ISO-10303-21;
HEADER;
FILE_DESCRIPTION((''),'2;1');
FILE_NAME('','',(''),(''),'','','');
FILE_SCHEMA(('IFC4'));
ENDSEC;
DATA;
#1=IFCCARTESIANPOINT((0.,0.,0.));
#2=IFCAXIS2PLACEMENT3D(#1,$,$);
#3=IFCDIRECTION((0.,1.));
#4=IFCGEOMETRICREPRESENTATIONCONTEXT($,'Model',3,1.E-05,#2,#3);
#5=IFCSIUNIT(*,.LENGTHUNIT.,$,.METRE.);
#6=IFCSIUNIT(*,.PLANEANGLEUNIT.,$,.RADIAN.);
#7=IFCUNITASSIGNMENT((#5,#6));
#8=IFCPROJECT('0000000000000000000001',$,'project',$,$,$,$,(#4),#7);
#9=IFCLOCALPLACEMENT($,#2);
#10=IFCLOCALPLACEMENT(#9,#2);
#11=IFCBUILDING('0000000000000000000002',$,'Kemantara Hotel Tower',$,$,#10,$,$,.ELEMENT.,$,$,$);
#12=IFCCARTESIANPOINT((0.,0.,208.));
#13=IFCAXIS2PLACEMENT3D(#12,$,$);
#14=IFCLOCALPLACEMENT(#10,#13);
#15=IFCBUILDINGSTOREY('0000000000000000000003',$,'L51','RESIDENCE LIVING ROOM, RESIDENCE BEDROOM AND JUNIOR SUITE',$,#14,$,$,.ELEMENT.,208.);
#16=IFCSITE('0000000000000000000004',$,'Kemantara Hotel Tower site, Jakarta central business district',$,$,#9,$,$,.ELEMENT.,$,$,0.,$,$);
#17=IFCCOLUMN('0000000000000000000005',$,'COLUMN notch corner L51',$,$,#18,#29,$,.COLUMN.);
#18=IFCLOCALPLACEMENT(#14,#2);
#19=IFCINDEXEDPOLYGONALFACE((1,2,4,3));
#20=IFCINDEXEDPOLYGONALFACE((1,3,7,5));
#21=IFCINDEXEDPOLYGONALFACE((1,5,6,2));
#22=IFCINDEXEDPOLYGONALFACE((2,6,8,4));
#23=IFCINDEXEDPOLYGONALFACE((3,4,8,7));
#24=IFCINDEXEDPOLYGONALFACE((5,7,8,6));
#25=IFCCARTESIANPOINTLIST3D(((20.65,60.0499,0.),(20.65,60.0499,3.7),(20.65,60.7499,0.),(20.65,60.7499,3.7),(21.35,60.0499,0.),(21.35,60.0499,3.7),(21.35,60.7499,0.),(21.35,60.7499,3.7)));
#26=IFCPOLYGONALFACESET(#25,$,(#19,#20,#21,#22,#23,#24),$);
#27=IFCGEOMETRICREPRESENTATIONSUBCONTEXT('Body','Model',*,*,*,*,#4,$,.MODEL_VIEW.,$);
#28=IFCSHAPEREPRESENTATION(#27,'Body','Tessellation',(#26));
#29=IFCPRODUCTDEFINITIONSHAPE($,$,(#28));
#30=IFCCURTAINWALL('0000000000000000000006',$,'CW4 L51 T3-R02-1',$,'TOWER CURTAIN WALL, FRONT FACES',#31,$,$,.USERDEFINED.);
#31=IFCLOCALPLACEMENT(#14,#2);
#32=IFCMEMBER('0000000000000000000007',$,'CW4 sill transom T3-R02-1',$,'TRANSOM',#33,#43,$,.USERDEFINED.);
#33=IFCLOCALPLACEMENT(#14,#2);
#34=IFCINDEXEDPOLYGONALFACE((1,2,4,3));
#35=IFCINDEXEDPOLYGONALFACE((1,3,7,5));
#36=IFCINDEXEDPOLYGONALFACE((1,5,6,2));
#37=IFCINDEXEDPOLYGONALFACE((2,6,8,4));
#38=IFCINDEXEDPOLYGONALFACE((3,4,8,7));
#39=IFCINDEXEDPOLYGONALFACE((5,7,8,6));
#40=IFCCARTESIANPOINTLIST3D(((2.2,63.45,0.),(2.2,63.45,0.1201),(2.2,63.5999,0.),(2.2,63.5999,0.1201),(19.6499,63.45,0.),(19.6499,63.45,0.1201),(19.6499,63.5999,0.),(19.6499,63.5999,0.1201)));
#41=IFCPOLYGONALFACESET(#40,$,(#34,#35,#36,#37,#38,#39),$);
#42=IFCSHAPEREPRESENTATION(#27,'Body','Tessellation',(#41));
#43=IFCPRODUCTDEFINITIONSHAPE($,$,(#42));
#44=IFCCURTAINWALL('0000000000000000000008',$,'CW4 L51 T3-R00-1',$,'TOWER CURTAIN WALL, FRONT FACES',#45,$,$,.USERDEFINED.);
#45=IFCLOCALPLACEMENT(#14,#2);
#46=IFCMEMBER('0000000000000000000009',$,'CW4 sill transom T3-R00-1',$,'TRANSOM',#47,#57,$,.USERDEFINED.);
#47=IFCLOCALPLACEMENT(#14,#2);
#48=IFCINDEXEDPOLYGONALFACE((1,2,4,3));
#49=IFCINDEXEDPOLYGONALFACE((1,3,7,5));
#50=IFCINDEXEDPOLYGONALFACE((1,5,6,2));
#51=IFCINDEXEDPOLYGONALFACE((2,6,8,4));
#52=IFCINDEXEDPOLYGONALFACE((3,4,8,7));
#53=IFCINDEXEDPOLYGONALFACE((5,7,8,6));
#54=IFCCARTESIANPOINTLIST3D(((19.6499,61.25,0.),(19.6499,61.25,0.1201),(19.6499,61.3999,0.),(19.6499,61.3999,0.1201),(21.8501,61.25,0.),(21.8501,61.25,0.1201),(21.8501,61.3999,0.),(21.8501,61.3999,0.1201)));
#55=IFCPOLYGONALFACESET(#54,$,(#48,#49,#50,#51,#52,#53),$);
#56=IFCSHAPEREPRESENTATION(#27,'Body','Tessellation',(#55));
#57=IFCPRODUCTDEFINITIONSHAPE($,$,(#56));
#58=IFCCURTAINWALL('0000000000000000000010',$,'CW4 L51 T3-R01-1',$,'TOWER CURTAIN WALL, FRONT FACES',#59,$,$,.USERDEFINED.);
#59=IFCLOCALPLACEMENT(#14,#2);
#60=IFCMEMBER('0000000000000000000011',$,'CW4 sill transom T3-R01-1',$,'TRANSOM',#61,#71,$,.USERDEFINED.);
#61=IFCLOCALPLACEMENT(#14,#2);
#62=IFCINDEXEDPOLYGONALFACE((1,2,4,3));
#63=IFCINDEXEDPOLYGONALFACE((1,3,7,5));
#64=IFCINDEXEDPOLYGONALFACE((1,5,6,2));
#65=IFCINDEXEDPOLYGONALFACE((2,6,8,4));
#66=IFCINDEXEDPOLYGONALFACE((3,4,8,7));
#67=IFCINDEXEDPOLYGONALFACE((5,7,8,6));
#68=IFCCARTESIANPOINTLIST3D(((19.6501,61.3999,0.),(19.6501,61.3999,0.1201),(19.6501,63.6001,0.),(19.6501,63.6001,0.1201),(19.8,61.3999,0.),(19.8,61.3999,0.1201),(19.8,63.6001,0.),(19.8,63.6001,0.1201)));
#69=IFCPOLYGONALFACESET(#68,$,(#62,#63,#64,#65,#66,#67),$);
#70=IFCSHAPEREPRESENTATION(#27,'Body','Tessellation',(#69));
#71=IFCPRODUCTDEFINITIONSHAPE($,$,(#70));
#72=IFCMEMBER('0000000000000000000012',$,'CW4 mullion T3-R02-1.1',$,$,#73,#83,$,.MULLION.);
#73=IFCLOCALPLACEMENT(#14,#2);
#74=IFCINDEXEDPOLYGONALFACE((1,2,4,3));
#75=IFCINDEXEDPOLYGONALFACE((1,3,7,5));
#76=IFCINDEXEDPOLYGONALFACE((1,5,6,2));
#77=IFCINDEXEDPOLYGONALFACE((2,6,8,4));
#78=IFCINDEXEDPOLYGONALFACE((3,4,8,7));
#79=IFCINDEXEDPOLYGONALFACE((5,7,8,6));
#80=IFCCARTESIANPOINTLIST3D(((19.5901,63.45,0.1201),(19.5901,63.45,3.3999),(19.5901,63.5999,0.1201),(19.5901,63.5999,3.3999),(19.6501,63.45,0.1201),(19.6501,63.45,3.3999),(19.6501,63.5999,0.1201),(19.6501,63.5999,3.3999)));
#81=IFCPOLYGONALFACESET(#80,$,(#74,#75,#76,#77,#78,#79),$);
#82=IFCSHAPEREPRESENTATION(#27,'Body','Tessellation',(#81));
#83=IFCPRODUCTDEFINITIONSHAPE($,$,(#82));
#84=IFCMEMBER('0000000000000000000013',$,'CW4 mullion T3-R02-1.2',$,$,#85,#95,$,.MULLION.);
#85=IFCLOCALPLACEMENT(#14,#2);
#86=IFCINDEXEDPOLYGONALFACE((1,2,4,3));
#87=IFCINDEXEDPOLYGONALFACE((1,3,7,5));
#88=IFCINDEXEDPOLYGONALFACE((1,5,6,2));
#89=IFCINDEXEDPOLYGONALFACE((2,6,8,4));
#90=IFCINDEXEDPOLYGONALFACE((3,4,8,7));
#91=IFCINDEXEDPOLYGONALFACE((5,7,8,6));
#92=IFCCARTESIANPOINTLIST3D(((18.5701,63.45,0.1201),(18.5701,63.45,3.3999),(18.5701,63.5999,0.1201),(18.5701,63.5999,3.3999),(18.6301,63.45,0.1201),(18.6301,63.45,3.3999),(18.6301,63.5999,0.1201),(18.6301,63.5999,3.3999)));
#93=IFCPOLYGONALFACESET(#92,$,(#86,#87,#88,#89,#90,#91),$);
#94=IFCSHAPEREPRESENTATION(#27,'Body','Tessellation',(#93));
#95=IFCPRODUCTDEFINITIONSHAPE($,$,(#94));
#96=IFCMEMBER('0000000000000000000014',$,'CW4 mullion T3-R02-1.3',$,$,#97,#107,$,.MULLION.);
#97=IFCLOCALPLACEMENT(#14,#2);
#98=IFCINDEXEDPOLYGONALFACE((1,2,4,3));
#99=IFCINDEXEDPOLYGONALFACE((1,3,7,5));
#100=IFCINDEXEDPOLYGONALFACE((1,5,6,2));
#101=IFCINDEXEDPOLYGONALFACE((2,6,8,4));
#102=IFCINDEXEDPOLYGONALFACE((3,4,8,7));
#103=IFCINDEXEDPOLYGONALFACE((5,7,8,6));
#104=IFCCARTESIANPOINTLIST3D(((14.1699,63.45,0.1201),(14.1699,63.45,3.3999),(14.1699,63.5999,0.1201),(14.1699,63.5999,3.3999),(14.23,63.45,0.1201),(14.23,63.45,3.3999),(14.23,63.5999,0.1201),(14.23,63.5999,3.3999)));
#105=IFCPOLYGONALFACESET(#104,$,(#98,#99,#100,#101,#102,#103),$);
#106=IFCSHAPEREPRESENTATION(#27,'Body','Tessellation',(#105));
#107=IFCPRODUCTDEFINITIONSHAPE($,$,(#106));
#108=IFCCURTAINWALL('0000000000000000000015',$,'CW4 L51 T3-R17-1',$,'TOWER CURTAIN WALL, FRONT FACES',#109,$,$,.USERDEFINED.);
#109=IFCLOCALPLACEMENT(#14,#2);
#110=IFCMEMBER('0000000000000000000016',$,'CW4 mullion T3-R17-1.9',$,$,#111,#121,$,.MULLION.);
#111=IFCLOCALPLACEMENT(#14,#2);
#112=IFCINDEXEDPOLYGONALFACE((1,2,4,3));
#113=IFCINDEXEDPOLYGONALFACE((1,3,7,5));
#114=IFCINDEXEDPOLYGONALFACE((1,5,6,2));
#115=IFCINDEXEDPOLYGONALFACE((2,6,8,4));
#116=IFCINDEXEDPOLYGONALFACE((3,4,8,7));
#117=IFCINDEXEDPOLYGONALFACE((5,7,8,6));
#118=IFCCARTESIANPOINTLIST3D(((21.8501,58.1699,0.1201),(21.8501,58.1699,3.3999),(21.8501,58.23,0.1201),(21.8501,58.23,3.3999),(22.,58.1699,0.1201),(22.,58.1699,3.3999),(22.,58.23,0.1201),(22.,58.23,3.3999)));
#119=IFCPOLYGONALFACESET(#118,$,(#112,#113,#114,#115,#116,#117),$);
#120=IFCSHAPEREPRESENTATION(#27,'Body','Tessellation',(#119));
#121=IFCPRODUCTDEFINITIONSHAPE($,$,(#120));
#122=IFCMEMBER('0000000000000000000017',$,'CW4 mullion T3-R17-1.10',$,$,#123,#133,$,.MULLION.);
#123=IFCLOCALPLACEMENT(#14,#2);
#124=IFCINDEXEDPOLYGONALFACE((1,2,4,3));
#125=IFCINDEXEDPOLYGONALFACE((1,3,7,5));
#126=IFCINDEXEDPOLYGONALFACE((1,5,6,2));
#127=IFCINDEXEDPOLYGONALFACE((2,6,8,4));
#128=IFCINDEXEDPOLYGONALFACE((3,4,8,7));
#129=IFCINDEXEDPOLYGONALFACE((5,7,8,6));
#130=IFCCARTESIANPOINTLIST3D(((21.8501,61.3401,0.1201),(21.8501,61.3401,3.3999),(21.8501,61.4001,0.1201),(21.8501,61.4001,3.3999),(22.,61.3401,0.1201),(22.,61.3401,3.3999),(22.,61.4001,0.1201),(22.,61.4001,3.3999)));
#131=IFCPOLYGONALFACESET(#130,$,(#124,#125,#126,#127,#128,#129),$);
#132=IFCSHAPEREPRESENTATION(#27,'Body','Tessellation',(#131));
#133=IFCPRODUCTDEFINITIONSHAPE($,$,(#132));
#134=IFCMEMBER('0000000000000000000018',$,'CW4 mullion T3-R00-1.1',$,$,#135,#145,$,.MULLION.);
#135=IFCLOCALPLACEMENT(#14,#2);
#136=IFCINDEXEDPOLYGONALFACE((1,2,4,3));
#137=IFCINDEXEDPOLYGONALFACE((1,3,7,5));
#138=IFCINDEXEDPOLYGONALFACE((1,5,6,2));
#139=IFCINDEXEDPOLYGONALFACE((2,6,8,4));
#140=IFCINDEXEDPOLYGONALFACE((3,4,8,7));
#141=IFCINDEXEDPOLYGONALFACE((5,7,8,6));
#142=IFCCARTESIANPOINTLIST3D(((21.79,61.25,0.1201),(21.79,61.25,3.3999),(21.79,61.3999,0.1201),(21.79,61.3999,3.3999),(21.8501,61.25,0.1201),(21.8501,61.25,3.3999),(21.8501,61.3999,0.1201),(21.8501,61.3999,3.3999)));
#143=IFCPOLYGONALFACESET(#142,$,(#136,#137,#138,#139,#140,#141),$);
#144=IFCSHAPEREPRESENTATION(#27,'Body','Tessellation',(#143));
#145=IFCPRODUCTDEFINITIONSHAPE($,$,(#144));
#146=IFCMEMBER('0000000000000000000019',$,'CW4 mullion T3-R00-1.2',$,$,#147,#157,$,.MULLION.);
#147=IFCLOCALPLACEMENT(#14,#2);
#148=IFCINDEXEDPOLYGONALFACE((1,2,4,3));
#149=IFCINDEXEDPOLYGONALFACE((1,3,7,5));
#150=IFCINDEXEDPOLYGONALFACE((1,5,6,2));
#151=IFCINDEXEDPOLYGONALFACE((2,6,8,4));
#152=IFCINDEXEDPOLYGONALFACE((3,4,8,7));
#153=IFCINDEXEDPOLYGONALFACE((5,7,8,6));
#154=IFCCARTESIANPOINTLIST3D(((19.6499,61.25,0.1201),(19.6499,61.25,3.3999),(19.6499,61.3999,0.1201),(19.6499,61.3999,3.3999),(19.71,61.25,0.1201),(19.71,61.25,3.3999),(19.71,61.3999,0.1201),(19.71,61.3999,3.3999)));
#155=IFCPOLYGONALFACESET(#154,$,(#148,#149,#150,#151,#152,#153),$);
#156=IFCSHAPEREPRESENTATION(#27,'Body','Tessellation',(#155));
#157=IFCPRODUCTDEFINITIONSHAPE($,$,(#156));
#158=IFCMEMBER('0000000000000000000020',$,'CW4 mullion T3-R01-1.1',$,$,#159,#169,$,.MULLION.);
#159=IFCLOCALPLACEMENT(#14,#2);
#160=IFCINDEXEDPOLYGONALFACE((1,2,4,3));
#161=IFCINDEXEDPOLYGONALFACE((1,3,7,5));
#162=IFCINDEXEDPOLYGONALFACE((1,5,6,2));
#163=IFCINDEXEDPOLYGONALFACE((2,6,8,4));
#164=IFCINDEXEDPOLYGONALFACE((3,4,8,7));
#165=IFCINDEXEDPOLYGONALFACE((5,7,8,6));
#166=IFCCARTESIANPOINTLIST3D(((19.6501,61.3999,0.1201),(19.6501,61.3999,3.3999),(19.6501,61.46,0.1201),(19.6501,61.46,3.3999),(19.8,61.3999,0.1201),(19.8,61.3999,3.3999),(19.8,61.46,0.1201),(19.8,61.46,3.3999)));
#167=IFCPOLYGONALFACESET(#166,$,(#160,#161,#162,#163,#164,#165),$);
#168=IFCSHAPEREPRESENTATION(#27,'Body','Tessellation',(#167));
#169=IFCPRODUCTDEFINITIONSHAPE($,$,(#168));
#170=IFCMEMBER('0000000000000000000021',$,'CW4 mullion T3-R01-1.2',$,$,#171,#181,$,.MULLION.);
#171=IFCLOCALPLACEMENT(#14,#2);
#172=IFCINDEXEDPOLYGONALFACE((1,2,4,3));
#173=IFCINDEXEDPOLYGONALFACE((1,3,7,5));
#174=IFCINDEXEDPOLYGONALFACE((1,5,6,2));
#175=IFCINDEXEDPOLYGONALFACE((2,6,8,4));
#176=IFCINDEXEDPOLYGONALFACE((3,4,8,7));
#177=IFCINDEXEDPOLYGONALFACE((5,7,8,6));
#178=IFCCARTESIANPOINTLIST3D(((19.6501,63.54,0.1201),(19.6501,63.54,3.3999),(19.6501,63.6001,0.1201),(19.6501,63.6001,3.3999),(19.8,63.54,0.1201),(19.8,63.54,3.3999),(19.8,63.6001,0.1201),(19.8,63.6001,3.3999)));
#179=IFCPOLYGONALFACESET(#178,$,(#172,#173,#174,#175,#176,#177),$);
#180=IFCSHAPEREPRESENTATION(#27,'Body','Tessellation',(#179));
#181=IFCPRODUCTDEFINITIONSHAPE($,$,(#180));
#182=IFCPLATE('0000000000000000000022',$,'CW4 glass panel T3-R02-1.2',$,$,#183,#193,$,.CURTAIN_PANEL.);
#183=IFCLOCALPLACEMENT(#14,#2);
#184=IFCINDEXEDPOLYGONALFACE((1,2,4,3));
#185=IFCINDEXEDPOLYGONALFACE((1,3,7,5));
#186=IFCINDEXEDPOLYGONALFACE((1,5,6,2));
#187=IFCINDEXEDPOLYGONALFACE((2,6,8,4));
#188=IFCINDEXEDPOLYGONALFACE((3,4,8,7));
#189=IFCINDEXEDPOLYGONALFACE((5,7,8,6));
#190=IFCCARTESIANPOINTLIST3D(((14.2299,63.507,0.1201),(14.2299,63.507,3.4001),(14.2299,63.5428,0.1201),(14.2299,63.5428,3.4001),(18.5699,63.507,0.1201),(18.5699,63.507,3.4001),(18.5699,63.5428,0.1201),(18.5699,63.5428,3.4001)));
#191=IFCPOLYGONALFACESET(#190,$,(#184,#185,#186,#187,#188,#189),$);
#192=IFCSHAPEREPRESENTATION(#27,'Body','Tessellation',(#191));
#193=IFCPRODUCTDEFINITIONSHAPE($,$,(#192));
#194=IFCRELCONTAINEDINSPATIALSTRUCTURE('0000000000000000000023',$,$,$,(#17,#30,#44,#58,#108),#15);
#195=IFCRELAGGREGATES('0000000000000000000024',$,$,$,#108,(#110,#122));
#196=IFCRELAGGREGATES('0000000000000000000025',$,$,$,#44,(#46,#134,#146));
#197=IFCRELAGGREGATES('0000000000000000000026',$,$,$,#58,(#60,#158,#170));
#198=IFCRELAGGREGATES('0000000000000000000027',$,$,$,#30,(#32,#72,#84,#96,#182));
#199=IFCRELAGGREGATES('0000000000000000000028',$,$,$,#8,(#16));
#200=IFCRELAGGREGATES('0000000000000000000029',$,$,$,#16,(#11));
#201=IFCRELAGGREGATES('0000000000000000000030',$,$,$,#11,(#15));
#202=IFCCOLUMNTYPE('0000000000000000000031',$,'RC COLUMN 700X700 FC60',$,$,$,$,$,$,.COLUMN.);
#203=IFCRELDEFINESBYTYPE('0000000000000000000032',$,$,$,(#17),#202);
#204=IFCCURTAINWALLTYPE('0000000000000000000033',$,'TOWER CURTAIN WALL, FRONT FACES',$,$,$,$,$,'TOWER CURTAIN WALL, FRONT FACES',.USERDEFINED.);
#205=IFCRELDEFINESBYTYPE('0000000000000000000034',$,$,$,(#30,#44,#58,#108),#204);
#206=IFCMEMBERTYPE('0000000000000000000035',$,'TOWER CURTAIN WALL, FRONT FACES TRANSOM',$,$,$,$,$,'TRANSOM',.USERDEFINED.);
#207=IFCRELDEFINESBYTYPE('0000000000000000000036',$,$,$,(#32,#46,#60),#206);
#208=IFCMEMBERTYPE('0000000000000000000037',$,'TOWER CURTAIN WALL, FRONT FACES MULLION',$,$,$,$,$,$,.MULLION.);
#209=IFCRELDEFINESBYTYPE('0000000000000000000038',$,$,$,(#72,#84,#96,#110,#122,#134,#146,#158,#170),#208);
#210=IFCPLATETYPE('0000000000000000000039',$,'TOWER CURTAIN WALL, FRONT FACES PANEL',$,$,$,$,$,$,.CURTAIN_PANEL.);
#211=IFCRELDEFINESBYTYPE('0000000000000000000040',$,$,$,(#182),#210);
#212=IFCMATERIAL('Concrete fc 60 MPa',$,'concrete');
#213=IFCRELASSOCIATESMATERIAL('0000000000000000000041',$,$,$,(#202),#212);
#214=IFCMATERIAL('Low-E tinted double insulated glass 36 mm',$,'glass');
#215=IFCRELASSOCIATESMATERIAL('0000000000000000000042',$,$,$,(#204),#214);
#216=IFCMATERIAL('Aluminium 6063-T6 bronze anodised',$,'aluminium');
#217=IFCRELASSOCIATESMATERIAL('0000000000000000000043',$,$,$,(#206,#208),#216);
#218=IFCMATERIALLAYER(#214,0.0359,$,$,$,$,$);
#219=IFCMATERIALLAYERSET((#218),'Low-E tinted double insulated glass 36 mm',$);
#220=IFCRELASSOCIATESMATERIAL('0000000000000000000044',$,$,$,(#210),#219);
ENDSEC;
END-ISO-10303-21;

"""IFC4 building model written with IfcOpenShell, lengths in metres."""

from ifc_helpers import new_model, si_unit, direction, frame, origin, origin_2d, place, context, subcontext, project, spatial, rectangle, extrude, source, transform, mapped, material, layer, layer_set, material_profile, profile_set, type_object, element, aggregate, save


model = new_model("IFC4")

# Units and contexts
model_context = context("Model", 3, precision=1e-05, world=origin(), true_north=direction((0.0, 1.0)))
body_context = subcontext(model_context, "Body", "Model", "MODEL_VIEW")
ifc_project = project(units=[si_unit("LENGTHUNIT", "METRE"), si_unit("PLANEANGLEUNIT", "RADIAN")], contexts=[model_context])

# Site, building, storey
site_placement = place(None, origin())
site = spatial("IfcSite", under=ifc_project, at=site_placement, Name="Kemantara Hotel Tower site, Jakarta central business district", CompositionType="ELEMENT", RefElevation=0.0)
building_placement = place(site_placement, origin())
building = spatial("IfcBuilding", under=site, at=building_placement, Name="Kemantara Hotel Tower", CompositionType="ELEMENT")
storey_placement = place(building_placement, frame((0.0, 0.0, 208.0)))
storey = spatial("IfcBuildingStorey", under=building, at=storey_placement, Name="L51", Description="RESIDENCE LIVING ROOM, RESIDENCE BEDROOM AND JUNIOR SUITE", CompositionType="ELEMENT", Elevation=208.0)

# Column
ifc_material_1 = material(Name="Concrete fc 60 MPa", Category="concrete")
ifc_material_profile_1 = material_profile(ifc_material_1, rectangle(XDim=0.7, YDim=0.7, at=origin_2d()), Name="RC 700X700")
ifc_profile_set_1 = profile_set([ifc_material_profile_1], Name="Concrete fc 60 MPa")
column_type = type_object("IfcColumnType", Name="RC COLUMN 700X700 FC60", PredefinedType="COLUMN", material=ifc_profile_set_1)
column_placement = place(storey_placement, frame((21.0, 60.3999, 0.0), z_axis=(0.0, 0.0, 1.0), x_axis=(1.0, 0.0, 0.0)))
element("IfcColumn", 1, at=column_placement, inside=storey, type_object=column_type, Name="COLUMN notch corner L51", PredefinedType="COLUMN", context=body_context, shape_type="SweptSolid", body=[
    extrude(rectangle(XDim=0.7, YDim=0.7, at=origin_2d()), origin(), (0.0, 0.0, 1.0), 3.7),
])

# Curtain walls, members
ifc_material_2 = material(Name="Low-E tinted double insulated glass 36 mm", Category="glass")
curtain_wall_type = type_object("IfcCurtainWallType", Name="TOWER CURTAIN WALL, FRONT FACES", ElementType="TOWER CURTAIN WALL, FRONT FACES", PredefinedType="USERDEFINED", material=ifc_material_2)
curtain_wall_1_placement = place(storey_placement, origin())
curtain_wall_1 = element("IfcCurtainWall", 2, at=curtain_wall_1_placement, inside=storey, type_object=curtain_wall_type, Name="CW4 L51 T3-R02-1", ObjectType="TOWER CURTAIN WALL, FRONT FACES", PredefinedType="USERDEFINED")
ifc_material_3 = material(Name="Aluminium 6063-T6 bronze anodised", Category="aluminium")
ifc_material_profile_2 = material_profile(ifc_material_3, rectangle(XDim=0.1499, YDim=0.1201, at=origin_2d()), Name="TOWER CURTAIN WALL, FRONT FACES TRANSOM")
ifc_profile_set_2 = profile_set([ifc_material_profile_2], Name="Aluminium 6063-T6 bronze anodised")
member_type_1 = type_object("IfcMemberType", Name="TOWER CURTAIN WALL, FRONT FACES TRANSOM", ElementType="TRANSOM", PredefinedType="USERDEFINED", material=ifc_profile_set_2)
member_1_placement = place(storey_placement, frame((19.6499, 63.5249, 0.0601), z_axis=(-1.0, 0.0, 0.0), x_axis=(0.0, -1.0, 0.0)))
member_1 = element("IfcMember", 3, at=member_1_placement, type_object=member_type_1, Name="CW4 sill transom T3-R02-1", ObjectType="TRANSOM", PredefinedType="USERDEFINED", context=body_context, shape_type="SweptSolid", body=[
    extrude(rectangle(XDim=0.1499, YDim=0.1201, at=origin_2d()), origin(), (0.0, 0.0, 1.0), 17.45),
])
curtain_wall_2_placement = place(storey_placement, origin())
curtain_wall_2 = element("IfcCurtainWall", 4, at=curtain_wall_2_placement, inside=storey, type_object=curtain_wall_type, Name="CW4 L51 T3-R00-1", ObjectType="TOWER CURTAIN WALL, FRONT FACES", PredefinedType="USERDEFINED")
member_2_placement = place(storey_placement, frame((21.8501, 61.325, 0.0601), z_axis=(-1.0, 0.0, 0.0), x_axis=(0.0, -1.0, 0.0)))
member_2 = element("IfcMember", 5, at=member_2_placement, type_object=member_type_1, Name="CW4 sill transom T3-R00-1", ObjectType="TRANSOM", PredefinedType="USERDEFINED", context=body_context, shape_type="SweptSolid", body=[
    extrude(rectangle(XDim=0.1499, YDim=0.1201, at=origin_2d()), origin(), (0.0, 0.0, 1.0), 2.2002),
])
curtain_wall_3_placement = place(storey_placement, origin())
curtain_wall_3 = element("IfcCurtainWall", 6, at=curtain_wall_3_placement, inside=storey, type_object=curtain_wall_type, Name="CW4 L51 T3-R01-1", ObjectType="TOWER CURTAIN WALL, FRONT FACES", PredefinedType="USERDEFINED")
member_3_placement = place(storey_placement, frame((19.7251, 61.3999, 0.0601), z_axis=(0.0, 1.0, 0.0), x_axis=(-1.0, 0.0, 0.0)))
member_3 = element("IfcMember", 7, at=member_3_placement, type_object=member_type_1, Name="CW4 sill transom T3-R01-1", ObjectType="TRANSOM", PredefinedType="USERDEFINED", context=body_context, shape_type="SweptSolid", body=[
    extrude(rectangle(XDim=0.1499, YDim=0.1201, at=origin_2d()), origin(), (0.0, 0.0, 1.0), 2.2002),
])

# Members
ifc_material_profile_3 = material_profile(ifc_material_3, rectangle(XDim=0.1499, YDim=0.0601, at=origin_2d()), Name="TOWER CURTAIN WALL, FRONT FACES MULLION")
ifc_profile_set_3 = profile_set([ifc_material_profile_3], Name="Aluminium 6063-T6 bronze anodised")
member_type_2 = type_object("IfcMemberType", Name="TOWER CURTAIN WALL, FRONT FACES MULLION", PredefinedType="MULLION", material=ifc_profile_set_3)
shared_shape_1 = source(origin(), body_context, "Body", "SweptSolid", [
    extrude(rectangle(XDim=0.1499, YDim=0.0601, at=origin_2d()), origin(), (0.0, 0.0, 1.0), 3.2798),
])
member_4_placement = place(storey_placement, frame((19.6201, 63.5249, 0.1201), z_axis=(0.0, 0.0, 1.0), x_axis=(0.0, -1.0, 0.0)))
member_4 = element("IfcMember", 8, at=member_4_placement, type_object=member_type_2, Name="CW4 mullion T3-R02-1.1", PredefinedType="MULLION", context=body_context, shape_type="MappedRepresentation", body=[
    mapped(shared_shape_1, transform((0.0, 0.0, 0.0))),
])
member_5_placement = place(storey_placement, frame((18.6001, 63.5249, 0.1201), z_axis=(0.0, 0.0, 1.0), x_axis=(0.0, -1.0, 0.0)))
member_5 = element("IfcMember", 9, at=member_5_placement, type_object=member_type_2, Name="CW4 mullion T3-R02-1.2", PredefinedType="MULLION", context=body_context, shape_type="MappedRepresentation", body=[
    mapped(shared_shape_1, transform((0.0, 0.0, 0.0))),
])
member_6_placement = place(storey_placement, frame((14.2, 63.5249, 0.1201), z_axis=(0.0, 0.0, 1.0), x_axis=(0.0, -1.0, 0.0)))
member_6 = element("IfcMember", 10, at=member_6_placement, type_object=member_type_2, Name="CW4 mullion T3-R02-1.3", PredefinedType="MULLION", context=body_context, shape_type="MappedRepresentation", body=[
    mapped(shared_shape_1, transform((0.0, 0.0, 0.0))),
])

# Curtain wall, members
curtain_wall_4_placement = place(storey_placement, origin())
curtain_wall_4 = element("IfcCurtainWall", 11, at=curtain_wall_4_placement, inside=storey, type_object=curtain_wall_type, Name="CW4 L51 T3-R17-1", ObjectType="TOWER CURTAIN WALL, FRONT FACES", PredefinedType="USERDEFINED")
member_7_placement = place(storey_placement, frame((21.925, 58.2, 0.1201), z_axis=(0.0, 0.0, 1.0), x_axis=(-1.0, 0.0, 0.0)))
member_7 = element("IfcMember", 12, at=member_7_placement, type_object=member_type_2, Name="CW4 mullion T3-R17-1.9", PredefinedType="MULLION", context=body_context, shape_type="MappedRepresentation", body=[
    mapped(shared_shape_1, transform((0.0, 0.0, 0.0))),
])
member_8_placement = place(storey_placement, frame((21.925, 61.3701, 0.1201), z_axis=(0.0, 0.0, 1.0), x_axis=(-1.0, 0.0, 0.0)))
member_8 = element("IfcMember", 13, at=member_8_placement, type_object=member_type_2, Name="CW4 mullion T3-R17-1.10", PredefinedType="MULLION", context=body_context, shape_type="MappedRepresentation", body=[
    mapped(shared_shape_1, transform((0.0, 0.0, 0.0))),
])
aggregate(curtain_wall_4, [member_7, member_8])

# Members
member_9_placement = place(storey_placement, frame((21.8201, 61.325, 0.1201), z_axis=(0.0, 0.0, 1.0), x_axis=(0.0, -1.0, 0.0)))
member_9 = element("IfcMember", 14, at=member_9_placement, type_object=member_type_2, Name="CW4 mullion T3-R00-1.1", PredefinedType="MULLION", context=body_context, shape_type="MappedRepresentation", body=[
    mapped(shared_shape_1, transform((0.0, 0.0, 0.0))),
])
member_10_placement = place(storey_placement, frame((19.6799, 61.325, 0.1201), z_axis=(0.0, 0.0, 1.0), x_axis=(0.0, -1.0, 0.0)))
member_10 = element("IfcMember", 15, at=member_10_placement, type_object=member_type_2, Name="CW4 mullion T3-R00-1.2", PredefinedType="MULLION", context=body_context, shape_type="MappedRepresentation", body=[
    mapped(shared_shape_1, transform((0.0, 0.0, 0.0))),
])
member_11_placement = place(storey_placement, frame((19.7251, 61.4299, 0.1201), z_axis=(0.0, 0.0, 1.0), x_axis=(-1.0, 0.0, 0.0)))
member_11 = element("IfcMember", 16, at=member_11_placement, type_object=member_type_2, Name="CW4 mullion T3-R01-1.1", PredefinedType="MULLION", context=body_context, shape_type="MappedRepresentation", body=[
    mapped(shared_shape_1, transform((0.0, 0.0, 0.0))),
])
member_12_placement = place(storey_placement, frame((19.7251, 63.5701, 0.1201), z_axis=(0.0, 0.0, 1.0), x_axis=(-1.0, 0.0, 0.0)))
member_12 = element("IfcMember", 17, at=member_12_placement, type_object=member_type_2, Name="CW4 mullion T3-R01-1.2", PredefinedType="MULLION", context=body_context, shape_type="MappedRepresentation", body=[
    mapped(shared_shape_1, transform((0.0, 0.0, 0.0))),
])

# Plate
ifc_layer_1 = layer(ifc_material_2, 0.0359)
ifc_layer_set_1 = layer_set([ifc_layer_1], Name="Low-E tinted double insulated glass 36 mm")
plate_type = type_object("IfcPlateType", Name="TOWER CURTAIN WALL, FRONT FACES PANEL", PredefinedType="CURTAIN_PANEL", material=ifc_layer_set_1)
shared_shape_2 = source(origin(), body_context, "Body", "SweptSolid", [
    extrude(rectangle(XDim=4.3401, YDim=0.0359, at=origin_2d()), origin(), (0.0, 0.0, 1.0), 3.28),
])
plate_1_placement = place(storey_placement, frame((16.3999, 63.5249, 0.1201), z_axis=(0.0, 0.0, 1.0), x_axis=(-1.0, 0.0, 0.0)))
plate_1 = element("IfcPlate", 18, at=plate_1_placement, type_object=plate_type, Name="CW4 glass panel T3-R02-1.2", PredefinedType="CURTAIN_PANEL", context=body_context, shape_type="MappedRepresentation", body=[
    mapped(shared_shape_2, transform((0.0, 0.0, 0.0))),
])
aggregate(curtain_wall_2, [member_2, member_9, member_10])
aggregate(curtain_wall_3, [member_3, member_11, member_12])
aggregate(curtain_wall_1, [member_1, member_4, member_5, member_6, plate_1])

save(model, "model.ifc")
